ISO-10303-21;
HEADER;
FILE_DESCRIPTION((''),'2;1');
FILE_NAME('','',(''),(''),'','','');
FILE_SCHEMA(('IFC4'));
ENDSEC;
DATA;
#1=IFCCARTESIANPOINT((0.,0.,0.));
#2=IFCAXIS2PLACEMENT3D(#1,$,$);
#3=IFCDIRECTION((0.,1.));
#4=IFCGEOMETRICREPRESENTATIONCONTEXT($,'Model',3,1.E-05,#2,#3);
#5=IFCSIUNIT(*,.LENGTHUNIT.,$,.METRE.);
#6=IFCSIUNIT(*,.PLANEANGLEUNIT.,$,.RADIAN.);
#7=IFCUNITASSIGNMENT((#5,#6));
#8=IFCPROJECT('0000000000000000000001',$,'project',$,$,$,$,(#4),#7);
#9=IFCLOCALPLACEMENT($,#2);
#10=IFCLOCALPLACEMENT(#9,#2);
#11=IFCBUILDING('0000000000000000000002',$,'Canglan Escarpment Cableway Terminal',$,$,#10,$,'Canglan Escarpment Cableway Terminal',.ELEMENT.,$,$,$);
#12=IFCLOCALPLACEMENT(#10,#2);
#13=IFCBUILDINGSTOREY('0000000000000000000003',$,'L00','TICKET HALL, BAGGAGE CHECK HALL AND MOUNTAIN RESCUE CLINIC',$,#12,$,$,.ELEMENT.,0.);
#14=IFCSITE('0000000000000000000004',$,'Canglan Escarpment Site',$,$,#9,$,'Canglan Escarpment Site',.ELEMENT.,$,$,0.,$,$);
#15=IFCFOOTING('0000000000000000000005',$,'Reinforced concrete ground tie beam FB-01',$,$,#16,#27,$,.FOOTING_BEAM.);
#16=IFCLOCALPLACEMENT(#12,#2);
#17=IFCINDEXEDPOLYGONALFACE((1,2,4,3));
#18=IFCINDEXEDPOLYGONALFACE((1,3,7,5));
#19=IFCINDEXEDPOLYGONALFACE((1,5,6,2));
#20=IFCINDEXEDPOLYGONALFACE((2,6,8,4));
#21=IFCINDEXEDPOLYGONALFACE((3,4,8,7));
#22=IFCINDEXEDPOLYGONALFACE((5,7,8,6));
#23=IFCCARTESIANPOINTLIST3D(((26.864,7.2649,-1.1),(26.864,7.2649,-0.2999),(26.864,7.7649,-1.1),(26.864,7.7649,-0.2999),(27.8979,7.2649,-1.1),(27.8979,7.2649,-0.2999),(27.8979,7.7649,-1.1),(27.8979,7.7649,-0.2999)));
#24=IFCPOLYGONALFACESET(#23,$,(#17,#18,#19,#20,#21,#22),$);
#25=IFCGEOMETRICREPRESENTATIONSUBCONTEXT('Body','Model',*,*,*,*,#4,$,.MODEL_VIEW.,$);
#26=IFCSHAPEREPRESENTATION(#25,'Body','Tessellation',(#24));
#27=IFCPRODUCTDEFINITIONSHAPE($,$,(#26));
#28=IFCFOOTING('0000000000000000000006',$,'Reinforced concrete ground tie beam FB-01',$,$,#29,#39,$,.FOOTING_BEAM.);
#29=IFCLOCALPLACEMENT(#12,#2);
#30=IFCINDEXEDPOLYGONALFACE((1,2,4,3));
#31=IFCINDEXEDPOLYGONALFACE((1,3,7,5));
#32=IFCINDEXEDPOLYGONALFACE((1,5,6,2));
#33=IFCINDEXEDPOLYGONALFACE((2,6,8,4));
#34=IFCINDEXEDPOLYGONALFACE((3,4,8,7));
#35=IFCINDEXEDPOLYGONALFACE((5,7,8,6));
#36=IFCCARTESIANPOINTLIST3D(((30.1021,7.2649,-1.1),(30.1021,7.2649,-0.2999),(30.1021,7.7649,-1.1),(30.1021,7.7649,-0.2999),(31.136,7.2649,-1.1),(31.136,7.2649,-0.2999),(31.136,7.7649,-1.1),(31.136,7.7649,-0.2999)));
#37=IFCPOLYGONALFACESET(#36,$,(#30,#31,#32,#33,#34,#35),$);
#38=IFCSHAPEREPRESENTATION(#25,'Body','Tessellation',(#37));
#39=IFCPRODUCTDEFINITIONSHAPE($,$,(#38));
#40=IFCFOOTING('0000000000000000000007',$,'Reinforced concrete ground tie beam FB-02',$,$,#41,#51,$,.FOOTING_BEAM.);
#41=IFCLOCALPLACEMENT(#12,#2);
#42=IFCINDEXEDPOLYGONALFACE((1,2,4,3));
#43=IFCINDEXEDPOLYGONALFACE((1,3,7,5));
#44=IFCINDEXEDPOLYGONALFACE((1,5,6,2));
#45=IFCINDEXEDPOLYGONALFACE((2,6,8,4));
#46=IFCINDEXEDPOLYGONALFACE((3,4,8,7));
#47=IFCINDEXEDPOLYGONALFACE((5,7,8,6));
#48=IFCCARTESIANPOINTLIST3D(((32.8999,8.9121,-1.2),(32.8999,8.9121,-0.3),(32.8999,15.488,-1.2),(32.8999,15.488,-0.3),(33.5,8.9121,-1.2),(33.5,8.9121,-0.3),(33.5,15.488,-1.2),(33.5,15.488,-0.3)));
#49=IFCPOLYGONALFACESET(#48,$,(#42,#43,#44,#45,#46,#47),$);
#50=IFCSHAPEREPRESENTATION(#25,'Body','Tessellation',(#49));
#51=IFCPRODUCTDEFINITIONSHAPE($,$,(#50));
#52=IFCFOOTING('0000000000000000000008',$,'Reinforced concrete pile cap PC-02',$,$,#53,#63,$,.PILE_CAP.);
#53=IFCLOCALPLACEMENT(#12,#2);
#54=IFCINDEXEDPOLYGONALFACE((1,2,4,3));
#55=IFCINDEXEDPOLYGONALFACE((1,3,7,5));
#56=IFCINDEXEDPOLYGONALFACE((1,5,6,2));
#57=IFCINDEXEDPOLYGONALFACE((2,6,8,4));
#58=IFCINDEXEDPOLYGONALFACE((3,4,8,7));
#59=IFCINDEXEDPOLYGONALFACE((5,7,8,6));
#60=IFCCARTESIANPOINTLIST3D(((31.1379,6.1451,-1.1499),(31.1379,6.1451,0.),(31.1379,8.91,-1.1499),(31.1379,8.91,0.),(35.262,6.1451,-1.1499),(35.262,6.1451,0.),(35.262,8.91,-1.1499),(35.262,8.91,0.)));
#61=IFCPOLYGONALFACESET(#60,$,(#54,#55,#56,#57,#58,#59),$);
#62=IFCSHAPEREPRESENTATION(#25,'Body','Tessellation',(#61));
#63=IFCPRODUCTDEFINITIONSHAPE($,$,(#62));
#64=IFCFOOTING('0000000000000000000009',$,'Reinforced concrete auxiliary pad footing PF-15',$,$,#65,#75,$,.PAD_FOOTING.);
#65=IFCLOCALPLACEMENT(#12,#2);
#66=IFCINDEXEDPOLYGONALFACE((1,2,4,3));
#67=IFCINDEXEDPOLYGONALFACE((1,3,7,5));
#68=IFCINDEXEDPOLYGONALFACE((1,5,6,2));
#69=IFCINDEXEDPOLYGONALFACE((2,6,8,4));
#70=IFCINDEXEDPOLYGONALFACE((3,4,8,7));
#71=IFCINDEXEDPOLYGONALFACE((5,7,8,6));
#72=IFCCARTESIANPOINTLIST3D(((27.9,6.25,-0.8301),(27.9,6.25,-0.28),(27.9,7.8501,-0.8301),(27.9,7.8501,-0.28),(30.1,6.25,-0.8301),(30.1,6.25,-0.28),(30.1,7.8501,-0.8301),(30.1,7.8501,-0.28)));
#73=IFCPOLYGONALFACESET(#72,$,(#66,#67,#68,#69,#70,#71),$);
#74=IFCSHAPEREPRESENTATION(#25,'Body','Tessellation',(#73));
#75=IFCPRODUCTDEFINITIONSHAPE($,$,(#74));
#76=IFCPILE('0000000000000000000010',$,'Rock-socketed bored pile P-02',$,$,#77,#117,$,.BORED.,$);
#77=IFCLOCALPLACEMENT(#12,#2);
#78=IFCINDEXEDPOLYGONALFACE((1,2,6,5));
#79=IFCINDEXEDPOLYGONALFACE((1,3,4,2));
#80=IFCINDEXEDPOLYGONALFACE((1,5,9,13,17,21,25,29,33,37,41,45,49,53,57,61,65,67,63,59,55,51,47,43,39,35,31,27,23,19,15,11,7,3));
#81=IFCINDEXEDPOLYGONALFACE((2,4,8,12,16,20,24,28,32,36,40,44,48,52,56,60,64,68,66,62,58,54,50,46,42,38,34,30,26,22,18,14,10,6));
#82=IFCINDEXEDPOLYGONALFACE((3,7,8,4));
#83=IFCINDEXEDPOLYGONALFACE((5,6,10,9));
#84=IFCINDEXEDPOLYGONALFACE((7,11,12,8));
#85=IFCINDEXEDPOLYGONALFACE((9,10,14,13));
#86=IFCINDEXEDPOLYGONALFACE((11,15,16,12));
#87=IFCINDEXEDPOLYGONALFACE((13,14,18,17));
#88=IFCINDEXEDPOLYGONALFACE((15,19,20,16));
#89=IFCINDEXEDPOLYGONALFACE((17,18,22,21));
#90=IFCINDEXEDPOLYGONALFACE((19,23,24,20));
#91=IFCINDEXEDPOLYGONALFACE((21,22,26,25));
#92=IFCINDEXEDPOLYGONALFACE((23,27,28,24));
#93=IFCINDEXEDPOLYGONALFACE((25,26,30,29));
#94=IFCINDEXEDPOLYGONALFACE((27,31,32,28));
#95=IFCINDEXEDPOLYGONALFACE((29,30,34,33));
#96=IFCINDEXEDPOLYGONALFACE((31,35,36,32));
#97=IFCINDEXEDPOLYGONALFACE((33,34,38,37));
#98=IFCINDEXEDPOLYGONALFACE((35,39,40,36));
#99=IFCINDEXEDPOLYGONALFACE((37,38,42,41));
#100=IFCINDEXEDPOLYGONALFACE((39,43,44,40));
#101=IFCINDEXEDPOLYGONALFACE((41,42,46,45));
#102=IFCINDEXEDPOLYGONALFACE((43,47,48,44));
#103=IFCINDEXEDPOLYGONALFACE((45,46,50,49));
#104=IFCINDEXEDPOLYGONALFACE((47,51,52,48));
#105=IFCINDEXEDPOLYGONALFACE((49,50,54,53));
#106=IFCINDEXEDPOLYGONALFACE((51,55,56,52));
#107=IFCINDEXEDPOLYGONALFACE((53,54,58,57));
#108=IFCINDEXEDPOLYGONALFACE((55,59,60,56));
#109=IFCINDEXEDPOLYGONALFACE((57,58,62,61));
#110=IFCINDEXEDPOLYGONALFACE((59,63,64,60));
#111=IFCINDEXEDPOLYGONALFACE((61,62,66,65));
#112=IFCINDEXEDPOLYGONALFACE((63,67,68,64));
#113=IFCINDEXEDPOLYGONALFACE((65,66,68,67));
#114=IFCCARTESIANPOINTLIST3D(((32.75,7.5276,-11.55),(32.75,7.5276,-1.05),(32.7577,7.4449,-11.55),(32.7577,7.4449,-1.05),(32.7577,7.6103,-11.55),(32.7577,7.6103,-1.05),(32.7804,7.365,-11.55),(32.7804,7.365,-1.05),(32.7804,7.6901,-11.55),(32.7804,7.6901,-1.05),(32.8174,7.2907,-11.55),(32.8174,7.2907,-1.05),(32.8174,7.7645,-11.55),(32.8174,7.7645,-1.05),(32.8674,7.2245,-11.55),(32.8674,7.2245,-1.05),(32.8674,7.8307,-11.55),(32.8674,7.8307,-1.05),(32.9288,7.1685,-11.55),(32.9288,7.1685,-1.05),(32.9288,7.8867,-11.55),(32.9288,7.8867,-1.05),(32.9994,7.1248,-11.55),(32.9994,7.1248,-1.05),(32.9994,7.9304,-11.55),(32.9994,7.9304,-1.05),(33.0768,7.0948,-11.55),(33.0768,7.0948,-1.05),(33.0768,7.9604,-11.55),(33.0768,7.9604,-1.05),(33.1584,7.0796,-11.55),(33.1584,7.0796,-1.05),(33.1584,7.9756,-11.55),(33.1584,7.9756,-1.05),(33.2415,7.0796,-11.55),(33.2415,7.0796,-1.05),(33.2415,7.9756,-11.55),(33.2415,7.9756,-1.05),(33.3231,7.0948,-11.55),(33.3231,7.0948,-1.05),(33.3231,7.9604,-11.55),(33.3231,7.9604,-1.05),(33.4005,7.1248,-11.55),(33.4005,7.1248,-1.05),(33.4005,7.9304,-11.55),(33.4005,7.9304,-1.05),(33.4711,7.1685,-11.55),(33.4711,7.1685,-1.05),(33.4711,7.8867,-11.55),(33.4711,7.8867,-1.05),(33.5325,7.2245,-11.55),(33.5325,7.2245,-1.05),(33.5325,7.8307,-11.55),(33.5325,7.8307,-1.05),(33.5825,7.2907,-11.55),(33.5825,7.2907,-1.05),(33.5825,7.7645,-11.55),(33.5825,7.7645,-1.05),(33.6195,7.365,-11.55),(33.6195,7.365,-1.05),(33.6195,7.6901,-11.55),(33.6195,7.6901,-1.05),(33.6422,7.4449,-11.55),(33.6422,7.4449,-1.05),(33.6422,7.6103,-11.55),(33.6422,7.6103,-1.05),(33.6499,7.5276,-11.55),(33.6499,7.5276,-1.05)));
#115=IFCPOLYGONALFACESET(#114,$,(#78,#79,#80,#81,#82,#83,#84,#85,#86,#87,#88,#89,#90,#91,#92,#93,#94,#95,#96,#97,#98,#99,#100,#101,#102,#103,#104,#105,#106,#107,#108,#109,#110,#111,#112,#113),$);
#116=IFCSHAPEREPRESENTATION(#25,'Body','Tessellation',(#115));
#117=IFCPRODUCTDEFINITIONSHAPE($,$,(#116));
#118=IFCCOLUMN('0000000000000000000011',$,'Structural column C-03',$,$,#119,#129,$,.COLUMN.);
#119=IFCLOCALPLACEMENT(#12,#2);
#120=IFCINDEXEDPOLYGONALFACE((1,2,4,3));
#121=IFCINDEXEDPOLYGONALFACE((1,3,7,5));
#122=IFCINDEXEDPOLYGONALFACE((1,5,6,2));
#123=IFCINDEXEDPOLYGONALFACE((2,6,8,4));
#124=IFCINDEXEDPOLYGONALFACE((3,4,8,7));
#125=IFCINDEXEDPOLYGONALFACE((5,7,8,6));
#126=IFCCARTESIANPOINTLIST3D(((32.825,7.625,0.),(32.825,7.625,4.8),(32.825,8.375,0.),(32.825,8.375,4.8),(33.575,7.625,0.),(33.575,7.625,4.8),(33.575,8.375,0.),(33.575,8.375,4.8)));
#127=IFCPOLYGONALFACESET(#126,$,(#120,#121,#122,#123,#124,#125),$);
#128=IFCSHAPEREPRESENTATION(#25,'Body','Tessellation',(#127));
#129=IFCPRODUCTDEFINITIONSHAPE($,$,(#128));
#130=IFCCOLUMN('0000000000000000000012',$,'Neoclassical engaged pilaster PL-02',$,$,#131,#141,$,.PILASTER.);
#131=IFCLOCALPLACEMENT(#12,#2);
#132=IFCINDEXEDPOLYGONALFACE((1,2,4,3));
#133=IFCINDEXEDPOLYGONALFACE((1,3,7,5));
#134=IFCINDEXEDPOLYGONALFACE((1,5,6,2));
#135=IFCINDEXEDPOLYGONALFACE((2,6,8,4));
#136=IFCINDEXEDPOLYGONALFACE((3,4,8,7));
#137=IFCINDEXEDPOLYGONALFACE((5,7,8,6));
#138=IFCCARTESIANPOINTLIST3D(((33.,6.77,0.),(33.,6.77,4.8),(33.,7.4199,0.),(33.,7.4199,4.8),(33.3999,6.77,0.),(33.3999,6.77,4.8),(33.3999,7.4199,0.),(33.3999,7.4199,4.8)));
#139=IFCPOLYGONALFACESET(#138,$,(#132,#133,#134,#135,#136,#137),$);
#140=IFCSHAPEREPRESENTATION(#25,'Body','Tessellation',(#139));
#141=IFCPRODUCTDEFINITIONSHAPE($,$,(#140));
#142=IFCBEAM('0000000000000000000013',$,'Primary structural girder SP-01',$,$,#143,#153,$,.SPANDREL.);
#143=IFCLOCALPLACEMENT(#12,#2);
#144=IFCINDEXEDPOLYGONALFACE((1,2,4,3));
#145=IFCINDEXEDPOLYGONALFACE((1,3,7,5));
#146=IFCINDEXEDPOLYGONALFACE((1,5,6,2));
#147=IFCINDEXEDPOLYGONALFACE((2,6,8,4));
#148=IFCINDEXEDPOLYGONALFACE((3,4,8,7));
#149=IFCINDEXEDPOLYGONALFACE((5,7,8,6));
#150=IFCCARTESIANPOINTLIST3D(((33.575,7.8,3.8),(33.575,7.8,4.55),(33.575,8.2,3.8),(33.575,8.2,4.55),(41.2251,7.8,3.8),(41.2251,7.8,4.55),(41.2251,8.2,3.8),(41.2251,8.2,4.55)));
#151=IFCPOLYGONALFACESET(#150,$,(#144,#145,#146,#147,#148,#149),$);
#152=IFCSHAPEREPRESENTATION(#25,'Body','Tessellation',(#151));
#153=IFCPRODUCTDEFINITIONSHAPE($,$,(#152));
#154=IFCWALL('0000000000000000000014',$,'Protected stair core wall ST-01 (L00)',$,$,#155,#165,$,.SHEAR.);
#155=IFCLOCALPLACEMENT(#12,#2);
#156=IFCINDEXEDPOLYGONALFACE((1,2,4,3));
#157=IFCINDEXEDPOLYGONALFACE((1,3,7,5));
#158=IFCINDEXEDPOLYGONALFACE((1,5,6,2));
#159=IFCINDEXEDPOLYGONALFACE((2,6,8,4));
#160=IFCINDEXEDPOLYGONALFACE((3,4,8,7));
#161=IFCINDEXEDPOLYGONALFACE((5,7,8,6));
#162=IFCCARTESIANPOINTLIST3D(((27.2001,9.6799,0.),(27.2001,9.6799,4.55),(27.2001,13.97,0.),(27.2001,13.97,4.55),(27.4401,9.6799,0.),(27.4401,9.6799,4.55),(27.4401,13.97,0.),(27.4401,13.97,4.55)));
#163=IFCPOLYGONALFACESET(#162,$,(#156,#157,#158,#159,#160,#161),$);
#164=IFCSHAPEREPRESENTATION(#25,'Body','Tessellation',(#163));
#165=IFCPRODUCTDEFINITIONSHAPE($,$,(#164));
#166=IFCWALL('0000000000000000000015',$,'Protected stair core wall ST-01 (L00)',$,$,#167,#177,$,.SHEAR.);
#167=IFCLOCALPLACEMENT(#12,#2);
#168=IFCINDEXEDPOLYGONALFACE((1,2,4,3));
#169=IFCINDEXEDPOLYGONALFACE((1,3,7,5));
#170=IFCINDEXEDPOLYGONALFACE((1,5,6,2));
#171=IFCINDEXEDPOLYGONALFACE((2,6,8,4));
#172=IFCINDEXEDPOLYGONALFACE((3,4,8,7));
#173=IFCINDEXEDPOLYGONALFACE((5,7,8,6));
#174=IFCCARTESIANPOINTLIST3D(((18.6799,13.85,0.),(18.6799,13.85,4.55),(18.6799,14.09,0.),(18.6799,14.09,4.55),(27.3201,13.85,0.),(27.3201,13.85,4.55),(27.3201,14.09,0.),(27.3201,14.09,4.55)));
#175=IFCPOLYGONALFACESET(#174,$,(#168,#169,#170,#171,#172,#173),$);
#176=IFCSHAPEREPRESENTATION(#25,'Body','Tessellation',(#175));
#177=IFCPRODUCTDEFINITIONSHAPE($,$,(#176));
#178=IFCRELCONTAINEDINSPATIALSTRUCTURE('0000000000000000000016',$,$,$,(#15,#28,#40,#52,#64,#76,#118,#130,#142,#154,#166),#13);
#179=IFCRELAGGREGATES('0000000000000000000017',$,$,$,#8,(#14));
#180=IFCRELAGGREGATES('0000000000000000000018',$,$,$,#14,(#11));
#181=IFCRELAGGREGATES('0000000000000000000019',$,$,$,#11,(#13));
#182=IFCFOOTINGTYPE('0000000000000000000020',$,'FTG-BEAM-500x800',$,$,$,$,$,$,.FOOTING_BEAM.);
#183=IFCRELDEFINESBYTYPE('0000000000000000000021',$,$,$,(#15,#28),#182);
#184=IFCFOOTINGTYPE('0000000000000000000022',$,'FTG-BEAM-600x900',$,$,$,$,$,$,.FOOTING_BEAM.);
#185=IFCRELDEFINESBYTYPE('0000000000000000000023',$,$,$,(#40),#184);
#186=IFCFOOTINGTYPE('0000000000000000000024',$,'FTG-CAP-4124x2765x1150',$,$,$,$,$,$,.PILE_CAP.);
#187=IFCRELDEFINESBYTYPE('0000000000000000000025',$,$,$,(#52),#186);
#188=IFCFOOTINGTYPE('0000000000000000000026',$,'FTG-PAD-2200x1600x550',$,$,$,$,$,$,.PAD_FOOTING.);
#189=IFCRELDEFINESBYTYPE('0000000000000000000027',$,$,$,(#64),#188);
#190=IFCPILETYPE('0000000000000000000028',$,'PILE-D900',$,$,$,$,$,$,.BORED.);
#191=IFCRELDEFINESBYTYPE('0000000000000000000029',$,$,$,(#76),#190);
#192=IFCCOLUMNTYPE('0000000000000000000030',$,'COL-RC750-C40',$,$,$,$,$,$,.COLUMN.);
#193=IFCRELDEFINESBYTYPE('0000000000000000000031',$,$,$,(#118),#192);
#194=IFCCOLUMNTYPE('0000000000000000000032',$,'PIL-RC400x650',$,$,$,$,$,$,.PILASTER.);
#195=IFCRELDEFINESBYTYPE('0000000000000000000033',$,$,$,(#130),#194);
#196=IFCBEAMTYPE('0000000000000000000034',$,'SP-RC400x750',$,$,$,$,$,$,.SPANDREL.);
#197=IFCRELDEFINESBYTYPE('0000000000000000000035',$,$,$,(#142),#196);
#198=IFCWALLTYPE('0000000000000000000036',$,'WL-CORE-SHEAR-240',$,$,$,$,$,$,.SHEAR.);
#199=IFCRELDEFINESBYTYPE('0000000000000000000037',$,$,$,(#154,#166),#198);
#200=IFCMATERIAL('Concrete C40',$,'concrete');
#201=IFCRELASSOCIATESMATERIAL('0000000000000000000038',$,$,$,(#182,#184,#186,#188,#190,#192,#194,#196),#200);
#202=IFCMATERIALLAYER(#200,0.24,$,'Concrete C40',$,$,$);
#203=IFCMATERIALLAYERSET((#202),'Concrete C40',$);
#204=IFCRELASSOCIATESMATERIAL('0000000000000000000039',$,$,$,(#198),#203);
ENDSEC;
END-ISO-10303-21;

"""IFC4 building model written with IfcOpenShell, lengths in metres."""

from ifc_helpers import new_model, si_unit, direction, frame, frame_2d, origin, origin_2d, place, context, subcontext, project, spatial, rectangle, circle, extrude, material, layer, layer_set, material_profile, profile_set, type_object, element, save


model = new_model("IFC4")

# Units and contexts
model_context = context("Model", 3, precision=1e-05, world=origin(), true_north=direction((0.0, 1.0)))
body_context = subcontext(model_context, "Body", "Model", "MODEL_VIEW")
ifc_project = project(units=[si_unit("LENGTHUNIT", "METRE"), si_unit("PLANEANGLEUNIT", "RADIAN")], contexts=[model_context])

# Site, building, storey
site_placement = place(None, origin())
site = spatial("IfcSite", under=ifc_project, at=site_placement, Name="Canglan Escarpment Site", LongName="Canglan Escarpment Site", CompositionType="ELEMENT", RefElevation=0.0)
building_placement = place(site_placement, origin())
building = spatial("IfcBuilding", under=site, at=building_placement, Name="Canglan Escarpment Cableway Terminal", LongName="Canglan Escarpment Cableway Terminal", CompositionType="ELEMENT")
storey_placement = place(building_placement, origin())
storey = spatial("IfcBuildingStorey", under=building, at=storey_placement, Name="L00", Description="TICKET HALL, BAGGAGE CHECK HALL AND MOUNTAIN RESCUE CLINIC", CompositionType="ELEMENT", Elevation=0.0)

# Footings
ifc_material_1 = material(Name="Concrete C40", Category="concrete")
ifc_material_profile_1 = material_profile(ifc_material_1, rectangle(XDim=0.5, YDim=0.8, at=origin_2d()), Name="FB 500x800")
ifc_profile_set_1 = profile_set([ifc_material_profile_1], Name="Concrete C40")
footing_type_1 = type_object("IfcFootingType", Name="FTG-BEAM-500x800", PredefinedType="FOOTING_BEAM", material=ifc_profile_set_1)
for number, where, z_axis, x_axis, name in (
    (1, (26.864, 7.5149, -0.7), (1.0, 0.0, 0.0), (0.0, 1.0, 0.0), "Reinforced concrete ground tie beam FB-01"),
    (2, (30.1021, 7.5149, -0.7), (1.0, 0.0, 0.0), (0.0, 1.0, 0.0), "Reinforced concrete ground tie beam FB-01"),
):
    element("IfcFooting", number, at=place(storey_placement, frame(where, z_axis=z_axis, x_axis=x_axis)), inside=storey, type_object=footing_type_1, Name=name, PredefinedType="FOOTING_BEAM", context=body_context, shape_type="SweptSolid", body=[
        extrude(rectangle(XDim=0.5, YDim=0.8, at=origin_2d()), origin(), (0.0, 0.0, 1.0), 1.0339),
    ])
ifc_material_profile_2 = material_profile(ifc_material_1, rectangle(XDim=0.6001, YDim=0.8999, at=origin_2d()), Name="FB 600x900")
ifc_profile_set_2 = profile_set([ifc_material_profile_2], Name="Concrete C40")
footing_type_2 = type_object("IfcFootingType", Name="FTG-BEAM-600x900", PredefinedType="FOOTING_BEAM", material=ifc_profile_set_2)
footing_1_placement = place(storey_placement, frame((33.2, 8.9121, -0.75), z_axis=(0.0, 1.0, 0.0), x_axis=(-1.0, 0.0, 0.0)))
element("IfcFooting", 3, at=footing_1_placement, inside=storey, type_object=footing_type_2, Name="Reinforced concrete ground tie beam FB-02", PredefinedType="FOOTING_BEAM", context=body_context, shape_type="SweptSolid", body=[
    extrude(rectangle(XDim=0.6001, YDim=0.8999, at=origin_2d()), origin(), (0.0, 0.0, 1.0), 6.5759),
])
footing_type_3 = type_object("IfcFootingType", Name="FTG-CAP-4124x2765x1150", PredefinedType="PILE_CAP", material=ifc_material_1)
footing_2_placement = place(storey_placement, frame((33.2, 7.5276, -1.1499), z_axis=(0.0, 0.0, 1.0), x_axis=(1.0, 0.0, 0.0)))
element("IfcFooting", 4, at=footing_2_placement, inside=storey, type_object=footing_type_3, Name="Reinforced concrete pile cap PC-02", PredefinedType="PILE_CAP", context=body_context, shape_type="SweptSolid", body=[
    extrude(rectangle(XDim=4.124, YDim=2.7649, at=origin_2d()), origin(), (0.0, 0.0, 1.0), 1.1499),
])
footing_type_4 = type_object("IfcFootingType", Name="FTG-PAD-2200x1600x550", PredefinedType="PAD_FOOTING", material=ifc_material_1)
footing_3_placement = place(storey_placement, frame((29.0, 7.05, -0.8301), z_axis=(0.0, 0.0, 1.0), x_axis=(1.0, 0.0, 0.0)))
element("IfcFooting", 5, at=footing_3_placement, inside=storey, type_object=footing_type_4, Name="Reinforced concrete auxiliary pad footing PF-15", PredefinedType="PAD_FOOTING", context=body_context, shape_type="SweptSolid", body=[
    extrude(rectangle(XDim=2.2, YDim=1.6001, at=origin_2d()), origin(), (0.0, 0.0, 1.0), 0.55),
])

# Pile
ifc_material_profile_3 = material_profile(ifc_material_1, circle(Radius=0.45, at=origin_2d()), Name="BORED PILE D900")
ifc_profile_set_3 = profile_set([ifc_material_profile_3], Name="Concrete C40")
pile_type = type_object("IfcPileType", Name="PILE-D900", PredefinedType="BORED", material=ifc_profile_set_3)
pile_placement = place(storey_placement, frame((33.2, 7.5276, -1.05), z_axis=(0.0, 0.0, -1.0), x_axis=(1.0, 0.0, 0.0)))
element("IfcPile", 6, at=pile_placement, inside=storey, type_object=pile_type, Name="Rock-socketed bored pile P-02", PredefinedType="BORED", context=body_context, shape_type="SweptSolid", body=[
    extrude(circle(Radius=0.45, at=origin_2d()), origin(), (0.0, 0.0, 1.0), 10.5),
])

# Columns
ifc_material_profile_4 = material_profile(ifc_material_1, rectangle(XDim=0.75, YDim=0.75, at=origin_2d()), Name="RC 750x750")
ifc_profile_set_4 = profile_set([ifc_material_profile_4], Name="Concrete C40")
column_type_1 = type_object("IfcColumnType", Name="COL-RC750-C40", PredefinedType="COLUMN", material=ifc_profile_set_4)
column_1_placement = place(storey_placement, frame((33.2, 8.0, 0.0), z_axis=(0.0, 0.0, 1.0), x_axis=(1.0, 0.0, 0.0)))
element("IfcColumn", 7, at=column_1_placement, inside=storey, type_object=column_type_1, Name="Structural column C-03", PredefinedType="COLUMN", context=body_context, shape_type="SweptSolid", body=[
    extrude(rectangle(XDim=0.75, YDim=0.75, at=origin_2d()), origin(), (0.0, 0.0, 1.0), 4.8),
])
ifc_material_profile_5 = material_profile(ifc_material_1, rectangle(XDim=0.3999, YDim=0.6499, at=origin_2d()), Name="RC-PIL 400x650")
ifc_profile_set_5 = profile_set([ifc_material_profile_5], Name="Concrete C40")
column_type_2 = type_object("IfcColumnType", Name="PIL-RC400x650", PredefinedType="PILASTER", material=ifc_profile_set_5)
column_2_placement = place(storey_placement, frame((33.2, 7.095, 0.0), z_axis=(0.0, 0.0, 1.0), x_axis=(1.0, 0.0, 0.0)))
element("IfcColumn", 8, at=column_2_placement, inside=storey, type_object=column_type_2, Name="Neoclassical engaged pilaster PL-02", PredefinedType="PILASTER", context=body_context, shape_type="SweptSolid", body=[
    extrude(rectangle(XDim=0.3999, YDim=0.6499, at=origin_2d()), origin(), (0.0, 0.0, 1.0), 4.8),
])

# Beam
ifc_material_profile_6 = material_profile(ifc_material_1, rectangle(XDim=0.3999, YDim=0.75, at=origin_2d()), Name="RC 400x750")
ifc_profile_set_6 = profile_set([ifc_material_profile_6], Name="Concrete C40")
beam_type = type_object("IfcBeamType", Name="SP-RC400x750", PredefinedType="SPANDREL", material=ifc_profile_set_6)
beam_placement = place(storey_placement, frame((33.575, 8.0, 4.175), z_axis=(1.0, 0.0, 0.0), x_axis=(0.0, 1.0, 0.0)))
element("IfcBeam", 9, at=beam_placement, inside=storey, type_object=beam_type, Name="Primary structural girder SP-01", PredefinedType="SPANDREL", context=body_context, shape_type="SweptSolid", body=[
    extrude(rectangle(XDim=0.3999, YDim=0.75, at=origin_2d()), origin(), (0.0, 0.0, 1.0), 7.6501),
])

# Walls
ifc_layer_1 = layer(ifc_material_1, 0.24, Name="Concrete C40")
ifc_layer_set_1 = layer_set([ifc_layer_1], Name="Concrete C40")
wall_type_1 = type_object("IfcWallType", Name="WL-CORE-SHEAR-240", PredefinedType="SHEAR", material=ifc_layer_set_1)
wall_1_placement = place(storey_placement, frame((27.3201, 9.6799, 0.0), z_axis=(0.0, 0.0, 1.0), x_axis=(0.0, 1.0, 0.0)))
element("IfcWall", 10, at=wall_1_placement, inside=storey, type_object=wall_type_1, Name="Protected stair core wall ST-01 (L00)", PredefinedType="SHEAR", context=body_context, shape_type="SweptSolid", body=[
    extrude(rectangle(XDim=4.29, YDim=0.24, at=frame_2d((2.145, 0.0))), origin(), (0.0, 0.0, 1.0), 4.55),
])
wall_2_placement = place(storey_placement, frame((27.3201, 13.97, 0.0), z_axis=(0.0, 0.0, 1.0), x_axis=(-1.0, 0.0, 0.0)))
element("IfcWall", 11, at=wall_2_placement, inside=storey, type_object=wall_type_1, Name="Protected stair core wall ST-01 (L00)", PredefinedType="SHEAR", context=body_context, shape_type="SweptSolid", body=[
    extrude(rectangle(XDim=8.6401, YDim=0.24, at=frame_2d((4.3201, 0.0))), origin(), (0.0, 0.0, 1.0), 4.55),
])

save(model, "model.ifc")
